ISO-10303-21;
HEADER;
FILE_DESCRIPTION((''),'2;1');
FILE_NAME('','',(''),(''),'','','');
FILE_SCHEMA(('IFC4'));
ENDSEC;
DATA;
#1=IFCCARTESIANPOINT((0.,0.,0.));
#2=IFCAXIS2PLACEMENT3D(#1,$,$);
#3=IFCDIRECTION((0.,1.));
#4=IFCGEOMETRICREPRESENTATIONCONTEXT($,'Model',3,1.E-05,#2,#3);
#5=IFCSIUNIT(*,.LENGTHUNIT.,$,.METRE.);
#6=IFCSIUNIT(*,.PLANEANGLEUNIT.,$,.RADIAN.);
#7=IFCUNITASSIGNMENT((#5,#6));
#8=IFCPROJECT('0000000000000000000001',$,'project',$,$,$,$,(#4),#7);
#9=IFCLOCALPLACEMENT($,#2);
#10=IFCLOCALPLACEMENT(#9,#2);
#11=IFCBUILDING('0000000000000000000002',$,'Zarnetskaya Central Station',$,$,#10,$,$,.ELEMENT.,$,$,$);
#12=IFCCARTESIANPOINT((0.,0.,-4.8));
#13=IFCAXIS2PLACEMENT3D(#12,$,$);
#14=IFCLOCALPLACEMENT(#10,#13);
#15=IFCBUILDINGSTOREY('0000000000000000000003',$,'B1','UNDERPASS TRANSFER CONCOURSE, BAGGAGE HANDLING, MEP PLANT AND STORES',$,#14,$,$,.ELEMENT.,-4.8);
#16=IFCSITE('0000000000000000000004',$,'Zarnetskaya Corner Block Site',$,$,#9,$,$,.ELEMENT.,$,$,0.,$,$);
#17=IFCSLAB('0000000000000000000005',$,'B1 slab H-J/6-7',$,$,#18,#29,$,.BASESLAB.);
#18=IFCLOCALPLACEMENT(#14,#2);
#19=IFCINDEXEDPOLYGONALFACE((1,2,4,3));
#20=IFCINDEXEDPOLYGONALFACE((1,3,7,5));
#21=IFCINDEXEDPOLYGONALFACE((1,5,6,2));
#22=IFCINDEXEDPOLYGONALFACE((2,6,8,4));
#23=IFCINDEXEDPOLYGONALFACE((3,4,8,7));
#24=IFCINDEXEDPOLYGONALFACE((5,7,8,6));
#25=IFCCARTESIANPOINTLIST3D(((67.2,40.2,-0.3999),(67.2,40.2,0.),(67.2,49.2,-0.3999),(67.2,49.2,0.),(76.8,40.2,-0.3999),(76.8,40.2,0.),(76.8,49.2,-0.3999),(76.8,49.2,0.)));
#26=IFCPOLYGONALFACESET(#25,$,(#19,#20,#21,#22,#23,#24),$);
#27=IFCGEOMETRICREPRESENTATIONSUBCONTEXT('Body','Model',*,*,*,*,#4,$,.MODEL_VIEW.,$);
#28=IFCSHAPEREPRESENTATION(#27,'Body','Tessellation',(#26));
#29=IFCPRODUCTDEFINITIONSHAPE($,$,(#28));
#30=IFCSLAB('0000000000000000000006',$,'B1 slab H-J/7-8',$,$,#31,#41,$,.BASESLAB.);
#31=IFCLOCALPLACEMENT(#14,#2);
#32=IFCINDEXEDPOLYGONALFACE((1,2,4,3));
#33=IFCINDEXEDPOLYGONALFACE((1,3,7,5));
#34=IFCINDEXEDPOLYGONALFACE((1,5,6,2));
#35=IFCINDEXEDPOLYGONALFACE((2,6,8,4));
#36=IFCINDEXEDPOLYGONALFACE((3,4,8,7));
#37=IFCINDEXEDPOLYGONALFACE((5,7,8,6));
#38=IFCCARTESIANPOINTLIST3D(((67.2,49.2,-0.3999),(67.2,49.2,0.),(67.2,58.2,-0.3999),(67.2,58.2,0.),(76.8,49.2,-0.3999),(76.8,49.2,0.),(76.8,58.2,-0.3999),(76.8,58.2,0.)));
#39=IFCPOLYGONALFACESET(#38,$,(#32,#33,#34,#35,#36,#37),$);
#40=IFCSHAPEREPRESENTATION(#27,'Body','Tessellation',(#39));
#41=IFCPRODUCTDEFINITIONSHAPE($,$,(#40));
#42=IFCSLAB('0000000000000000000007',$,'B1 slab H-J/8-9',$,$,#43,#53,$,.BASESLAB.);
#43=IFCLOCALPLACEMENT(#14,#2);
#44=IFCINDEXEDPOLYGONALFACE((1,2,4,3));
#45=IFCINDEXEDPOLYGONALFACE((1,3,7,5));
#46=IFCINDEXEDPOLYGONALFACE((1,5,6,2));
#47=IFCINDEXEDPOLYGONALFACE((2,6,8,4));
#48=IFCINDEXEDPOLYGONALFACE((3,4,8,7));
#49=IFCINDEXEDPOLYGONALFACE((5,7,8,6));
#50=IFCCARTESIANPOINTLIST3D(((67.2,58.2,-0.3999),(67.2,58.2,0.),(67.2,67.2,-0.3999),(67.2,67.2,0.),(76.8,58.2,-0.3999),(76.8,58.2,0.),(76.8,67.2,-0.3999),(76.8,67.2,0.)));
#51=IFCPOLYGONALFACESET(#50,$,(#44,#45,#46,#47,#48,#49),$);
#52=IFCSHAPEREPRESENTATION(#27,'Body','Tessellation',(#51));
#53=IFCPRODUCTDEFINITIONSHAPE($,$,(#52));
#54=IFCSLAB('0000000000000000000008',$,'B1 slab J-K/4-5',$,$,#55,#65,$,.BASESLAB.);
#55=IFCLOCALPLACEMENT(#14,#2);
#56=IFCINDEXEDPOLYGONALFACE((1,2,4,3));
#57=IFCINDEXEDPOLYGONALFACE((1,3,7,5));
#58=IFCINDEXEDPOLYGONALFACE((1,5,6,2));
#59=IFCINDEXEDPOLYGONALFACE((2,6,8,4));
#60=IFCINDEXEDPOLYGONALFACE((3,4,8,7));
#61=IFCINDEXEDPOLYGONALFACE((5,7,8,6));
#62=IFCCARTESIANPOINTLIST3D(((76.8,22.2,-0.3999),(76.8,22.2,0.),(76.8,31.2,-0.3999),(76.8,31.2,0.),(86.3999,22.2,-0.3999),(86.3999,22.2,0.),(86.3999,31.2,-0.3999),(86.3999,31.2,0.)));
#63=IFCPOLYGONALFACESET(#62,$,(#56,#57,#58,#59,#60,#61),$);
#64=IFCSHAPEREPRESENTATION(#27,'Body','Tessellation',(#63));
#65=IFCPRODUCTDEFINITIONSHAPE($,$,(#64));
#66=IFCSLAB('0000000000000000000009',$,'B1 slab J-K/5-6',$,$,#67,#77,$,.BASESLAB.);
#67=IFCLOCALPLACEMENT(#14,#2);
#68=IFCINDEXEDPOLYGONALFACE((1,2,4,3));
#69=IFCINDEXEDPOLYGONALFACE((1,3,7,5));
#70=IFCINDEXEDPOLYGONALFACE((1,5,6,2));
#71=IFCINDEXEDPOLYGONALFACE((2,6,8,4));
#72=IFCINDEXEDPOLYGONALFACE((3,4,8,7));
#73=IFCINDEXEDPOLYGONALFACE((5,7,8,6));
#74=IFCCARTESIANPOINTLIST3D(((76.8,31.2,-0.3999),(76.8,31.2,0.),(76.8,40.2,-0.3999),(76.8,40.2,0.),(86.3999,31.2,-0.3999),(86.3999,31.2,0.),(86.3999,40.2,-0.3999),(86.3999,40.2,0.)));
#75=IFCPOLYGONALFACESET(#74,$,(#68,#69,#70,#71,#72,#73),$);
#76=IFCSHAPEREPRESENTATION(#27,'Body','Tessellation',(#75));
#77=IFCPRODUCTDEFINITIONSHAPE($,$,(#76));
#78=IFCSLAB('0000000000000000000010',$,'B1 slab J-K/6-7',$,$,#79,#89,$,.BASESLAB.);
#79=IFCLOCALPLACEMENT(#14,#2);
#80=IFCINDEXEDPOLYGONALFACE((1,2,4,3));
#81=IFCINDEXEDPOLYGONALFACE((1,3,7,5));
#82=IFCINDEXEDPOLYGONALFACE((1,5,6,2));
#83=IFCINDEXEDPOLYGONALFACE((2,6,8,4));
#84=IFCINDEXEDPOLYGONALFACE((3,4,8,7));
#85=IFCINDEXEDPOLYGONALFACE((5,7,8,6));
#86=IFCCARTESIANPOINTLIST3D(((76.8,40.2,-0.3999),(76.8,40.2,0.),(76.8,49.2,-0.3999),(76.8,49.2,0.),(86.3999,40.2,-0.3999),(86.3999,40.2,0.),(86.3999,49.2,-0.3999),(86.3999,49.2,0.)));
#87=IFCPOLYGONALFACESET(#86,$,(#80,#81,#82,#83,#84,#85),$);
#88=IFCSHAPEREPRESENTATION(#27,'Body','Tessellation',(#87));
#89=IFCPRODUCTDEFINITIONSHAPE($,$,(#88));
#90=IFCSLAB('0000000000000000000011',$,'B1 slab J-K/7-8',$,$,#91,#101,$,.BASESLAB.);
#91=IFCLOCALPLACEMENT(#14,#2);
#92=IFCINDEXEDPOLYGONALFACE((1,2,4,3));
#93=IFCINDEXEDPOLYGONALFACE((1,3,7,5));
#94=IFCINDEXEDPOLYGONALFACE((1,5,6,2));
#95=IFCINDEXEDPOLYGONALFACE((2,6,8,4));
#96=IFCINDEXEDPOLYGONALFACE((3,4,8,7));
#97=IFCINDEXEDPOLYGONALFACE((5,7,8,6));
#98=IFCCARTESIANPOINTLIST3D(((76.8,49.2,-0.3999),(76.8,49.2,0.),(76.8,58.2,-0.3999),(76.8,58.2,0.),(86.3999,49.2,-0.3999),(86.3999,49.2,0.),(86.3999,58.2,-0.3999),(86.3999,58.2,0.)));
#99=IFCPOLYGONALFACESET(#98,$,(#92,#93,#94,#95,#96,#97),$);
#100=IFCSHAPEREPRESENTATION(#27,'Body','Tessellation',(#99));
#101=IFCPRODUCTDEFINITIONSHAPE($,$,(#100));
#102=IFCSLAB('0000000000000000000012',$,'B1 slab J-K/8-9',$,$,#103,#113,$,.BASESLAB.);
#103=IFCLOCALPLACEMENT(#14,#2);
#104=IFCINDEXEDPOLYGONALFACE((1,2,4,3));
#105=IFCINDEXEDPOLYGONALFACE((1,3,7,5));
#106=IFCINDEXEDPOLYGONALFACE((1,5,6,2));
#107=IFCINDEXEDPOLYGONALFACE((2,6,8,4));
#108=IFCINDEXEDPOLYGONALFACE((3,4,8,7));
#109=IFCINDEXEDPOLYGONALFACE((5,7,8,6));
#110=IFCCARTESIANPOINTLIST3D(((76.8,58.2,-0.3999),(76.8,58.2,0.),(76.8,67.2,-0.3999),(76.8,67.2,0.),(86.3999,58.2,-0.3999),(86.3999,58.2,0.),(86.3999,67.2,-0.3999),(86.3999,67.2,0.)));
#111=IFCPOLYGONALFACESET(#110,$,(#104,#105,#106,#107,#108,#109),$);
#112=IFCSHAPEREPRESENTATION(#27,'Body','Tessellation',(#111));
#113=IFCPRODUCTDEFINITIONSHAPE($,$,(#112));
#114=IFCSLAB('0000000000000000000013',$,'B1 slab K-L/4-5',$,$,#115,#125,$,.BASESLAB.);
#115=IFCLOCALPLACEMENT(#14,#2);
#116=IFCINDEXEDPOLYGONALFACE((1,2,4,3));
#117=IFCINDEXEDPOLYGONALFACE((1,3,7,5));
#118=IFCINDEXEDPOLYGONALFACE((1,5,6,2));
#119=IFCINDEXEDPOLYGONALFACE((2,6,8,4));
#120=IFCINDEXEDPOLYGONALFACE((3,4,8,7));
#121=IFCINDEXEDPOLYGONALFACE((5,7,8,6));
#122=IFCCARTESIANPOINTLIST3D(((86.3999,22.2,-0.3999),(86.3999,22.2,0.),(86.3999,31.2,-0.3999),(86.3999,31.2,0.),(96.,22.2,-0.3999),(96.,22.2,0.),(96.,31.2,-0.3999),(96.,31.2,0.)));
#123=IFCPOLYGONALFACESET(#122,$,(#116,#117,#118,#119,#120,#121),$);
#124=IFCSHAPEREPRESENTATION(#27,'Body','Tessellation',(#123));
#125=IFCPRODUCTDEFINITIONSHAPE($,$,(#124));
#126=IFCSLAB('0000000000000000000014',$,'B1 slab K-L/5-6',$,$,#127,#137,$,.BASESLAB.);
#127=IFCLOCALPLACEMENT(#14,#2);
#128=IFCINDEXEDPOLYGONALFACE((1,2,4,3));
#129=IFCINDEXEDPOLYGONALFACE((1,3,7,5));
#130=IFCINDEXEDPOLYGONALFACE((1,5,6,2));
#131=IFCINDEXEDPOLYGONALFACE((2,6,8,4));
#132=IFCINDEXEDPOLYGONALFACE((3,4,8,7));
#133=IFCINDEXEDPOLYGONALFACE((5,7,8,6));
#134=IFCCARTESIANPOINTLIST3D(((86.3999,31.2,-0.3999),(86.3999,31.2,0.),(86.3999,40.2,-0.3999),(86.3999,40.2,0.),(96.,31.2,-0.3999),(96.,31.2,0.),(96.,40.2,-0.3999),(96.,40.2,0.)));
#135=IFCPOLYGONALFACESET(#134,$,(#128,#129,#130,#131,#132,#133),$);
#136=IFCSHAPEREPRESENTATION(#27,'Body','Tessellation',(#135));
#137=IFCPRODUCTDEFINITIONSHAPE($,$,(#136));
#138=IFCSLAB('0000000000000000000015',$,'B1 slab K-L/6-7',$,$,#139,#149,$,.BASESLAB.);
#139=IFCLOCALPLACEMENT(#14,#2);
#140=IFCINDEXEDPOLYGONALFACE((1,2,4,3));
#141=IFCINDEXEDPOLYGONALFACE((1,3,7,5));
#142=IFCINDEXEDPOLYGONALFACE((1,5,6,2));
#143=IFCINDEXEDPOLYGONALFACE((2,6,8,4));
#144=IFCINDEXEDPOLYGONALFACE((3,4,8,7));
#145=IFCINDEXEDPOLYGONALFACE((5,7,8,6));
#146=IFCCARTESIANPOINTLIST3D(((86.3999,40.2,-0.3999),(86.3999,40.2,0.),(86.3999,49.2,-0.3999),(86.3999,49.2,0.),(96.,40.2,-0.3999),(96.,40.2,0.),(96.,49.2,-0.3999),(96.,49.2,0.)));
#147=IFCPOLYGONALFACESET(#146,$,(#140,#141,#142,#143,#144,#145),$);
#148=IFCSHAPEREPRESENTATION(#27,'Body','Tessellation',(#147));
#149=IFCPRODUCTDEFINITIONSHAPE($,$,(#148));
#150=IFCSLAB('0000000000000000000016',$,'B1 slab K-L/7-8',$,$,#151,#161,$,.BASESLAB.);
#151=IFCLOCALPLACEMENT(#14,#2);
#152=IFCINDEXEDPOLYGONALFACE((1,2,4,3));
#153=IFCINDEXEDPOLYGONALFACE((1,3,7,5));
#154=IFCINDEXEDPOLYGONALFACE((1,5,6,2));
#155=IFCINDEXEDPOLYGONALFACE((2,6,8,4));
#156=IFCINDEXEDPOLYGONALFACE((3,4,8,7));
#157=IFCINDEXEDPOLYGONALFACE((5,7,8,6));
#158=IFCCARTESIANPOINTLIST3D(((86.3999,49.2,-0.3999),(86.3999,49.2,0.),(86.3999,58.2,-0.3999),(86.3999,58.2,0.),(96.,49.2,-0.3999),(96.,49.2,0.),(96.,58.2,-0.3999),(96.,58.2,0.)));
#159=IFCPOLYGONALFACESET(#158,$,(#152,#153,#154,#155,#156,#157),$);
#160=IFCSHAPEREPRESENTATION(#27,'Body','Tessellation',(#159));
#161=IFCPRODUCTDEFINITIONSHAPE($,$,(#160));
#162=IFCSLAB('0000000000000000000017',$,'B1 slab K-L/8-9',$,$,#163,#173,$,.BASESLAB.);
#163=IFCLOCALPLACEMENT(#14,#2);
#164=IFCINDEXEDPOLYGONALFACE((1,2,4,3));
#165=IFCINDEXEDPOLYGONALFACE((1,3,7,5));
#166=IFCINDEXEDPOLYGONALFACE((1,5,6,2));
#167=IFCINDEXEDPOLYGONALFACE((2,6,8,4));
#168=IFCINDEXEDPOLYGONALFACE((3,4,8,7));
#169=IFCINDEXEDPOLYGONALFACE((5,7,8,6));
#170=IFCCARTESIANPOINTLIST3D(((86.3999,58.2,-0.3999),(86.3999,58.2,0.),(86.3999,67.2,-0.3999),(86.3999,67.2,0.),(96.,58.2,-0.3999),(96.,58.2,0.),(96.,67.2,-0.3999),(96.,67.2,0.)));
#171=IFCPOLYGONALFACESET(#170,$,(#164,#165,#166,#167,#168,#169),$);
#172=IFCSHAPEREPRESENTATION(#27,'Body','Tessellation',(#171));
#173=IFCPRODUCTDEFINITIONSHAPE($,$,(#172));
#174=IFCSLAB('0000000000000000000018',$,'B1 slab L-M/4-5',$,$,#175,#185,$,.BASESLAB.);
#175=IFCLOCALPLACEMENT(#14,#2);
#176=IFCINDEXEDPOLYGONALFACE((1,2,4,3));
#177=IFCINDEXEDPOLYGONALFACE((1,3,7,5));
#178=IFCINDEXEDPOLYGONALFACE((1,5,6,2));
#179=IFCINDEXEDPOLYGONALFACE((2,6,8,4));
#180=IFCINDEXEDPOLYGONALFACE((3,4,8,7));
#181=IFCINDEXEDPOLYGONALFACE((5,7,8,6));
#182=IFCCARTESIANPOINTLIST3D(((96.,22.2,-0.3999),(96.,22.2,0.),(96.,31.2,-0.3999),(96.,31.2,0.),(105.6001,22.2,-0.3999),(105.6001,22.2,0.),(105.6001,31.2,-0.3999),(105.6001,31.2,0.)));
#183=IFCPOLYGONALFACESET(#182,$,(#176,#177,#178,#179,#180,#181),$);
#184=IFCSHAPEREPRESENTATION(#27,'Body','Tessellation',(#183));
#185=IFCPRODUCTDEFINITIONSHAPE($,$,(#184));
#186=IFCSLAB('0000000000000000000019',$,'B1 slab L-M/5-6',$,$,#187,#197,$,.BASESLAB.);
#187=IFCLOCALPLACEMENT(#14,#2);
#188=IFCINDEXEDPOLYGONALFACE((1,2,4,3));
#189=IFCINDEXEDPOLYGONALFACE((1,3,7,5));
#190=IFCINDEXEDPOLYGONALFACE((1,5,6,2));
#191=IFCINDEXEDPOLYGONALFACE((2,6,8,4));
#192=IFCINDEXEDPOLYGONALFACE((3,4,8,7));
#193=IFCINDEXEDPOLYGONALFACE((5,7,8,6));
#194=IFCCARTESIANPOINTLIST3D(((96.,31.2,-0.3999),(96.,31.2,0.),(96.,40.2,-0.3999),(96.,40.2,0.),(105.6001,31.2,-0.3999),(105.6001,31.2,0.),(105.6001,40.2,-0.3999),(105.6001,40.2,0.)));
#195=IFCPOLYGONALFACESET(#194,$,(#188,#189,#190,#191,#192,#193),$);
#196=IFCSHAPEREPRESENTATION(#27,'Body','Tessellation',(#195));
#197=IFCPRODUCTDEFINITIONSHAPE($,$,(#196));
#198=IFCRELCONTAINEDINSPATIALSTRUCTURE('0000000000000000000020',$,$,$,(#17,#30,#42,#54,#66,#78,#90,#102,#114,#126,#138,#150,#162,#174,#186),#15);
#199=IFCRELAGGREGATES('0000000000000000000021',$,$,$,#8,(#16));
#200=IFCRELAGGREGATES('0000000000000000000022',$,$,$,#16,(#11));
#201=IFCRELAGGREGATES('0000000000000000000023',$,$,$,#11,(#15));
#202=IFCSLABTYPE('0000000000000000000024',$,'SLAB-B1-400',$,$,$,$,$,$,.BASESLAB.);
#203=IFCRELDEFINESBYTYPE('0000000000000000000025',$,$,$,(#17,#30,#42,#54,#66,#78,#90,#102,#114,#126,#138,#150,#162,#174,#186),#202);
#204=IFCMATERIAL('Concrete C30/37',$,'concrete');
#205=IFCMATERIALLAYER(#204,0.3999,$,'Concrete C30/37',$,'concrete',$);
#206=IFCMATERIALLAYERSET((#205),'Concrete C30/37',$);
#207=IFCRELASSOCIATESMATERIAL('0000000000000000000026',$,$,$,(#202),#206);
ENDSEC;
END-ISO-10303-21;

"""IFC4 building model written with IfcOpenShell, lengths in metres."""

from ifc_helpers import new_model, si_unit, direction, frame, origin, place, context, subcontext, project, spatial, polyline, outline, extrude, material, layer, layer_set, type_object, element, save


model = new_model("IFC4")

# Units and contexts
model_context = context("Model", 3, precision=1e-05, world=origin(), true_north=direction((0.0, 1.0)))
body_context = subcontext(model_context, "Body", "Model", "MODEL_VIEW")
ifc_project = project(units=[si_unit("LENGTHUNIT", "METRE"), si_unit("PLANEANGLEUNIT", "RADIAN")], contexts=[model_context])

# Site, building, storey
site_placement = place(None, origin())
site = spatial("IfcSite", under=ifc_project, at=site_placement, Name="Zarnetskaya Corner Block Site", CompositionType="ELEMENT", RefElevation=0.0)
building_placement = place(site_placement, origin())
building = spatial("IfcBuilding", under=site, at=building_placement, Name="Zarnetskaya Central Station", CompositionType="ELEMENT")
storey_placement = place(building_placement, frame((0.0, 0.0, -4.8)))
storey = spatial("IfcBuildingStorey", under=building, at=storey_placement, Name="B1", Description="UNDERPASS TRANSFER CONCOURSE, BAGGAGE HANDLING, MEP PLANT AND STORES", CompositionType="ELEMENT", Elevation=-4.8)

# Slabs
ifc_material = material(Name="Concrete C30/37", Category="concrete")
ifc_layer = layer(ifc_material, 0.3999, Name="Concrete C30/37", Category="concrete")
ifc_layer_set = layer_set([ifc_layer], Name="Concrete C30/37")
slab_type = type_object("IfcSlabType", Name="SLAB-B1-400", PredefinedType="BASESLAB", material=ifc_layer_set)
slab_1_placement = place(storey_placement, frame((0.0, 0.0, -0.3999)))
element("IfcSlab", 1, at=slab_1_placement, inside=storey, type_object=slab_type, Name="B1 slab H-J/6-7", PredefinedType="BASESLAB", context=body_context, shape_type="SweptSolid", body=[
    extrude(outline(polyline([(67.2, 40.2), (76.8, 40.2), (76.8, 49.2), (67.2, 49.2), (67.2, 40.2)])), origin(), (0.0, 0.0, 1.0), 0.3999),
])
slab_2_placement = place(storey_placement, frame((0.0, 0.0, -0.3999)))
element("IfcSlab", 2, at=slab_2_placement, inside=storey, type_object=slab_type, Name="B1 slab H-J/7-8", PredefinedType="BASESLAB", context=body_context, shape_type="SweptSolid", body=[
    extrude(outline(polyline([(67.2, 49.2), (76.8, 49.2), (76.8, 58.2), (67.2, 58.2), (67.2, 49.2)])), origin(), (0.0, 0.0, 1.0), 0.3999),
])
slab_3_placement = place(storey_placement, frame((0.0, 0.0, -0.3999)))
element("IfcSlab", 3, at=slab_3_placement, inside=storey, type_object=slab_type, Name="B1 slab H-J/8-9", PredefinedType="BASESLAB", context=body_context, shape_type="SweptSolid", body=[
    extrude(outline(polyline([(67.2, 58.2), (76.8, 58.2), (76.8, 67.2), (67.2, 67.2), (67.2, 58.2)])), origin(), (0.0, 0.0, 1.0), 0.3999),
])
slab_4_placement = place(storey_placement, frame((0.0, 0.0, -0.3999)))
element("IfcSlab", 4, at=slab_4_placement, inside=storey, type_object=slab_type, Name="B1 slab J-K/4-5", PredefinedType="BASESLAB", context=body_context, shape_type="SweptSolid", body=[
    extrude(outline(polyline([(76.8, 22.2), (86.3999, 22.2), (86.3999, 31.2), (76.8, 31.2), (76.8, 22.2)])), origin(), (0.0, 0.0, 1.0), 0.3999),
])
slab_5_placement = place(storey_placement, frame((0.0, 0.0, -0.3999)))
element("IfcSlab", 5, at=slab_5_placement, inside=storey, type_object=slab_type, Name="B1 slab J-K/5-6", PredefinedType="BASESLAB", context=body_context, shape_type="SweptSolid", body=[
    extrude(outline(polyline([(76.8, 31.2), (86.3999, 31.2), (86.3999, 40.2), (76.8, 40.2), (76.8, 31.2)])), origin(), (0.0, 0.0, 1.0), 0.3999),
])
slab_6_placement = place(storey_placement, frame((0.0, 0.0, -0.3999)))
element("IfcSlab", 6, at=slab_6_placement, inside=storey, type_object=slab_type, Name="B1 slab J-K/6-7", PredefinedType="BASESLAB", context=body_context, shape_type="SweptSolid", body=[
    extrude(outline(polyline([(76.8, 40.2), (86.3999, 40.2), (86.3999, 49.2), (76.8, 49.2), (76.8, 40.2)])), origin(), (0.0, 0.0, 1.0), 0.3999),
])
slab_7_placement = place(storey_placement, frame((0.0, 0.0, -0.3999)))
element("IfcSlab", 7, at=slab_7_placement, inside=storey, type_object=slab_type, Name="B1 slab J-K/7-8", PredefinedType="BASESLAB", context=body_context, shape_type="SweptSolid", body=[
    extrude(outline(polyline([(76.8, 49.2), (86.3999, 49.2), (86.3999, 58.2), (76.8, 58.2), (76.8, 49.2)])), origin(), (0.0, 0.0, 1.0), 0.3999),
])
slab_8_placement = place(storey_placement, frame((0.0, 0.0, -0.3999)))
element("IfcSlab", 8, at=slab_8_placement, inside=storey, type_object=slab_type, Name="B1 slab J-K/8-9", PredefinedType="BASESLAB", context=body_context, shape_type="SweptSolid", body=[
    extrude(outline(polyline([(76.8, 58.2), (86.3999, 58.2), (86.3999, 67.2), (76.8, 67.2), (76.8, 58.2)])), origin(), (0.0, 0.0, 1.0), 0.3999),
])
slab_9_placement = place(storey_placement, frame((0.0, 0.0, -0.3999)))
element("IfcSlab", 9, at=slab_9_placement, inside=storey, type_object=slab_type, Name="B1 slab K-L/4-5", PredefinedType="BASESLAB", context=body_context, shape_type="SweptSolid", body=[
    extrude(outline(polyline([(86.3999, 22.2), (96.0, 22.2), (96.0, 31.2), (86.3999, 31.2), (86.3999, 22.2)])), origin(), (0.0, 0.0, 1.0), 0.3999),
])
slab_10_placement = place(storey_placement, frame((0.0, 0.0, -0.3999)))
element("IfcSlab", 10, at=slab_10_placement, inside=storey, type_object=slab_type, Name="B1 slab K-L/5-6", PredefinedType="BASESLAB", context=body_context, shape_type="SweptSolid", body=[
    extrude(outline(polyline([(86.3999, 31.2), (96.0, 31.2), (96.0, 40.2), (86.3999, 40.2), (86.3999, 31.2)])), origin(), (0.0, 0.0, 1.0), 0.3999),
])
slab_11_placement = place(storey_placement, frame((0.0, 0.0, -0.3999)))
element("IfcSlab", 11, at=slab_11_placement, inside=storey, type_object=slab_type, Name="B1 slab K-L/6-7", PredefinedType="BASESLAB", context=body_context, shape_type="SweptSolid", body=[
    extrude(outline(polyline([(86.3999, 40.2), (96.0, 40.2), (96.0, 49.2), (86.3999, 49.2), (86.3999, 40.2)])), origin(), (0.0, 0.0, 1.0), 0.3999),
])
slab_12_placement = place(storey_placement, frame((0.0, 0.0, -0.3999)))
element("IfcSlab", 12, at=slab_12_placement, inside=storey, type_object=slab_type, Name="B1 slab K-L/7-8", PredefinedType="BASESLAB", context=body_context, shape_type="SweptSolid", body=[
    extrude(outline(polyline([(86.3999, 49.2), (96.0, 49.2), (96.0, 58.2), (86.3999, 58.2), (86.3999, 49.2)])), origin(), (0.0, 0.0, 1.0), 0.3999),
])
slab_13_placement = place(storey_placement, frame((0.0, 0.0, -0.3999)))
element("IfcSlab", 13, at=slab_13_placement, inside=storey, type_object=slab_type, Name="B1 slab K-L/8-9", PredefinedType="BASESLAB", context=body_context, shape_type="SweptSolid", body=[
    extrude(outline(polyline([(86.3999, 58.2), (96.0, 58.2), (96.0, 67.2), (86.3999, 67.2), (86.3999, 58.2)])), origin(), (0.0, 0.0, 1.0), 0.3999),
])
slab_14_placement = place(storey_placement, frame((0.0, 0.0, -0.3999)))
element("IfcSlab", 14, at=slab_14_placement, inside=storey, type_object=slab_type, Name="B1 slab L-M/4-5", PredefinedType="BASESLAB", context=body_context, shape_type="SweptSolid", body=[
    extrude(outline(polyline([(96.0, 22.2), (105.6001, 22.2), (105.6001, 31.2), (96.0, 31.2), (96.0, 22.2)])), origin(), (0.0, 0.0, 1.0), 0.3999),
])
slab_15_placement = place(storey_placement, frame((0.0, 0.0, -0.3999)))
element("IfcSlab", 15, at=slab_15_placement, inside=storey, type_object=slab_type, Name="B1 slab L-M/5-6", PredefinedType="BASESLAB", context=body_context, shape_type="SweptSolid", body=[
    extrude(outline(polyline([(96.0, 31.2), (105.6001, 31.2), (105.6001, 40.2), (96.0, 40.2), (96.0, 31.2)])), origin(), (0.0, 0.0, 1.0), 0.3999),
])

save(model, "model.ifc")
